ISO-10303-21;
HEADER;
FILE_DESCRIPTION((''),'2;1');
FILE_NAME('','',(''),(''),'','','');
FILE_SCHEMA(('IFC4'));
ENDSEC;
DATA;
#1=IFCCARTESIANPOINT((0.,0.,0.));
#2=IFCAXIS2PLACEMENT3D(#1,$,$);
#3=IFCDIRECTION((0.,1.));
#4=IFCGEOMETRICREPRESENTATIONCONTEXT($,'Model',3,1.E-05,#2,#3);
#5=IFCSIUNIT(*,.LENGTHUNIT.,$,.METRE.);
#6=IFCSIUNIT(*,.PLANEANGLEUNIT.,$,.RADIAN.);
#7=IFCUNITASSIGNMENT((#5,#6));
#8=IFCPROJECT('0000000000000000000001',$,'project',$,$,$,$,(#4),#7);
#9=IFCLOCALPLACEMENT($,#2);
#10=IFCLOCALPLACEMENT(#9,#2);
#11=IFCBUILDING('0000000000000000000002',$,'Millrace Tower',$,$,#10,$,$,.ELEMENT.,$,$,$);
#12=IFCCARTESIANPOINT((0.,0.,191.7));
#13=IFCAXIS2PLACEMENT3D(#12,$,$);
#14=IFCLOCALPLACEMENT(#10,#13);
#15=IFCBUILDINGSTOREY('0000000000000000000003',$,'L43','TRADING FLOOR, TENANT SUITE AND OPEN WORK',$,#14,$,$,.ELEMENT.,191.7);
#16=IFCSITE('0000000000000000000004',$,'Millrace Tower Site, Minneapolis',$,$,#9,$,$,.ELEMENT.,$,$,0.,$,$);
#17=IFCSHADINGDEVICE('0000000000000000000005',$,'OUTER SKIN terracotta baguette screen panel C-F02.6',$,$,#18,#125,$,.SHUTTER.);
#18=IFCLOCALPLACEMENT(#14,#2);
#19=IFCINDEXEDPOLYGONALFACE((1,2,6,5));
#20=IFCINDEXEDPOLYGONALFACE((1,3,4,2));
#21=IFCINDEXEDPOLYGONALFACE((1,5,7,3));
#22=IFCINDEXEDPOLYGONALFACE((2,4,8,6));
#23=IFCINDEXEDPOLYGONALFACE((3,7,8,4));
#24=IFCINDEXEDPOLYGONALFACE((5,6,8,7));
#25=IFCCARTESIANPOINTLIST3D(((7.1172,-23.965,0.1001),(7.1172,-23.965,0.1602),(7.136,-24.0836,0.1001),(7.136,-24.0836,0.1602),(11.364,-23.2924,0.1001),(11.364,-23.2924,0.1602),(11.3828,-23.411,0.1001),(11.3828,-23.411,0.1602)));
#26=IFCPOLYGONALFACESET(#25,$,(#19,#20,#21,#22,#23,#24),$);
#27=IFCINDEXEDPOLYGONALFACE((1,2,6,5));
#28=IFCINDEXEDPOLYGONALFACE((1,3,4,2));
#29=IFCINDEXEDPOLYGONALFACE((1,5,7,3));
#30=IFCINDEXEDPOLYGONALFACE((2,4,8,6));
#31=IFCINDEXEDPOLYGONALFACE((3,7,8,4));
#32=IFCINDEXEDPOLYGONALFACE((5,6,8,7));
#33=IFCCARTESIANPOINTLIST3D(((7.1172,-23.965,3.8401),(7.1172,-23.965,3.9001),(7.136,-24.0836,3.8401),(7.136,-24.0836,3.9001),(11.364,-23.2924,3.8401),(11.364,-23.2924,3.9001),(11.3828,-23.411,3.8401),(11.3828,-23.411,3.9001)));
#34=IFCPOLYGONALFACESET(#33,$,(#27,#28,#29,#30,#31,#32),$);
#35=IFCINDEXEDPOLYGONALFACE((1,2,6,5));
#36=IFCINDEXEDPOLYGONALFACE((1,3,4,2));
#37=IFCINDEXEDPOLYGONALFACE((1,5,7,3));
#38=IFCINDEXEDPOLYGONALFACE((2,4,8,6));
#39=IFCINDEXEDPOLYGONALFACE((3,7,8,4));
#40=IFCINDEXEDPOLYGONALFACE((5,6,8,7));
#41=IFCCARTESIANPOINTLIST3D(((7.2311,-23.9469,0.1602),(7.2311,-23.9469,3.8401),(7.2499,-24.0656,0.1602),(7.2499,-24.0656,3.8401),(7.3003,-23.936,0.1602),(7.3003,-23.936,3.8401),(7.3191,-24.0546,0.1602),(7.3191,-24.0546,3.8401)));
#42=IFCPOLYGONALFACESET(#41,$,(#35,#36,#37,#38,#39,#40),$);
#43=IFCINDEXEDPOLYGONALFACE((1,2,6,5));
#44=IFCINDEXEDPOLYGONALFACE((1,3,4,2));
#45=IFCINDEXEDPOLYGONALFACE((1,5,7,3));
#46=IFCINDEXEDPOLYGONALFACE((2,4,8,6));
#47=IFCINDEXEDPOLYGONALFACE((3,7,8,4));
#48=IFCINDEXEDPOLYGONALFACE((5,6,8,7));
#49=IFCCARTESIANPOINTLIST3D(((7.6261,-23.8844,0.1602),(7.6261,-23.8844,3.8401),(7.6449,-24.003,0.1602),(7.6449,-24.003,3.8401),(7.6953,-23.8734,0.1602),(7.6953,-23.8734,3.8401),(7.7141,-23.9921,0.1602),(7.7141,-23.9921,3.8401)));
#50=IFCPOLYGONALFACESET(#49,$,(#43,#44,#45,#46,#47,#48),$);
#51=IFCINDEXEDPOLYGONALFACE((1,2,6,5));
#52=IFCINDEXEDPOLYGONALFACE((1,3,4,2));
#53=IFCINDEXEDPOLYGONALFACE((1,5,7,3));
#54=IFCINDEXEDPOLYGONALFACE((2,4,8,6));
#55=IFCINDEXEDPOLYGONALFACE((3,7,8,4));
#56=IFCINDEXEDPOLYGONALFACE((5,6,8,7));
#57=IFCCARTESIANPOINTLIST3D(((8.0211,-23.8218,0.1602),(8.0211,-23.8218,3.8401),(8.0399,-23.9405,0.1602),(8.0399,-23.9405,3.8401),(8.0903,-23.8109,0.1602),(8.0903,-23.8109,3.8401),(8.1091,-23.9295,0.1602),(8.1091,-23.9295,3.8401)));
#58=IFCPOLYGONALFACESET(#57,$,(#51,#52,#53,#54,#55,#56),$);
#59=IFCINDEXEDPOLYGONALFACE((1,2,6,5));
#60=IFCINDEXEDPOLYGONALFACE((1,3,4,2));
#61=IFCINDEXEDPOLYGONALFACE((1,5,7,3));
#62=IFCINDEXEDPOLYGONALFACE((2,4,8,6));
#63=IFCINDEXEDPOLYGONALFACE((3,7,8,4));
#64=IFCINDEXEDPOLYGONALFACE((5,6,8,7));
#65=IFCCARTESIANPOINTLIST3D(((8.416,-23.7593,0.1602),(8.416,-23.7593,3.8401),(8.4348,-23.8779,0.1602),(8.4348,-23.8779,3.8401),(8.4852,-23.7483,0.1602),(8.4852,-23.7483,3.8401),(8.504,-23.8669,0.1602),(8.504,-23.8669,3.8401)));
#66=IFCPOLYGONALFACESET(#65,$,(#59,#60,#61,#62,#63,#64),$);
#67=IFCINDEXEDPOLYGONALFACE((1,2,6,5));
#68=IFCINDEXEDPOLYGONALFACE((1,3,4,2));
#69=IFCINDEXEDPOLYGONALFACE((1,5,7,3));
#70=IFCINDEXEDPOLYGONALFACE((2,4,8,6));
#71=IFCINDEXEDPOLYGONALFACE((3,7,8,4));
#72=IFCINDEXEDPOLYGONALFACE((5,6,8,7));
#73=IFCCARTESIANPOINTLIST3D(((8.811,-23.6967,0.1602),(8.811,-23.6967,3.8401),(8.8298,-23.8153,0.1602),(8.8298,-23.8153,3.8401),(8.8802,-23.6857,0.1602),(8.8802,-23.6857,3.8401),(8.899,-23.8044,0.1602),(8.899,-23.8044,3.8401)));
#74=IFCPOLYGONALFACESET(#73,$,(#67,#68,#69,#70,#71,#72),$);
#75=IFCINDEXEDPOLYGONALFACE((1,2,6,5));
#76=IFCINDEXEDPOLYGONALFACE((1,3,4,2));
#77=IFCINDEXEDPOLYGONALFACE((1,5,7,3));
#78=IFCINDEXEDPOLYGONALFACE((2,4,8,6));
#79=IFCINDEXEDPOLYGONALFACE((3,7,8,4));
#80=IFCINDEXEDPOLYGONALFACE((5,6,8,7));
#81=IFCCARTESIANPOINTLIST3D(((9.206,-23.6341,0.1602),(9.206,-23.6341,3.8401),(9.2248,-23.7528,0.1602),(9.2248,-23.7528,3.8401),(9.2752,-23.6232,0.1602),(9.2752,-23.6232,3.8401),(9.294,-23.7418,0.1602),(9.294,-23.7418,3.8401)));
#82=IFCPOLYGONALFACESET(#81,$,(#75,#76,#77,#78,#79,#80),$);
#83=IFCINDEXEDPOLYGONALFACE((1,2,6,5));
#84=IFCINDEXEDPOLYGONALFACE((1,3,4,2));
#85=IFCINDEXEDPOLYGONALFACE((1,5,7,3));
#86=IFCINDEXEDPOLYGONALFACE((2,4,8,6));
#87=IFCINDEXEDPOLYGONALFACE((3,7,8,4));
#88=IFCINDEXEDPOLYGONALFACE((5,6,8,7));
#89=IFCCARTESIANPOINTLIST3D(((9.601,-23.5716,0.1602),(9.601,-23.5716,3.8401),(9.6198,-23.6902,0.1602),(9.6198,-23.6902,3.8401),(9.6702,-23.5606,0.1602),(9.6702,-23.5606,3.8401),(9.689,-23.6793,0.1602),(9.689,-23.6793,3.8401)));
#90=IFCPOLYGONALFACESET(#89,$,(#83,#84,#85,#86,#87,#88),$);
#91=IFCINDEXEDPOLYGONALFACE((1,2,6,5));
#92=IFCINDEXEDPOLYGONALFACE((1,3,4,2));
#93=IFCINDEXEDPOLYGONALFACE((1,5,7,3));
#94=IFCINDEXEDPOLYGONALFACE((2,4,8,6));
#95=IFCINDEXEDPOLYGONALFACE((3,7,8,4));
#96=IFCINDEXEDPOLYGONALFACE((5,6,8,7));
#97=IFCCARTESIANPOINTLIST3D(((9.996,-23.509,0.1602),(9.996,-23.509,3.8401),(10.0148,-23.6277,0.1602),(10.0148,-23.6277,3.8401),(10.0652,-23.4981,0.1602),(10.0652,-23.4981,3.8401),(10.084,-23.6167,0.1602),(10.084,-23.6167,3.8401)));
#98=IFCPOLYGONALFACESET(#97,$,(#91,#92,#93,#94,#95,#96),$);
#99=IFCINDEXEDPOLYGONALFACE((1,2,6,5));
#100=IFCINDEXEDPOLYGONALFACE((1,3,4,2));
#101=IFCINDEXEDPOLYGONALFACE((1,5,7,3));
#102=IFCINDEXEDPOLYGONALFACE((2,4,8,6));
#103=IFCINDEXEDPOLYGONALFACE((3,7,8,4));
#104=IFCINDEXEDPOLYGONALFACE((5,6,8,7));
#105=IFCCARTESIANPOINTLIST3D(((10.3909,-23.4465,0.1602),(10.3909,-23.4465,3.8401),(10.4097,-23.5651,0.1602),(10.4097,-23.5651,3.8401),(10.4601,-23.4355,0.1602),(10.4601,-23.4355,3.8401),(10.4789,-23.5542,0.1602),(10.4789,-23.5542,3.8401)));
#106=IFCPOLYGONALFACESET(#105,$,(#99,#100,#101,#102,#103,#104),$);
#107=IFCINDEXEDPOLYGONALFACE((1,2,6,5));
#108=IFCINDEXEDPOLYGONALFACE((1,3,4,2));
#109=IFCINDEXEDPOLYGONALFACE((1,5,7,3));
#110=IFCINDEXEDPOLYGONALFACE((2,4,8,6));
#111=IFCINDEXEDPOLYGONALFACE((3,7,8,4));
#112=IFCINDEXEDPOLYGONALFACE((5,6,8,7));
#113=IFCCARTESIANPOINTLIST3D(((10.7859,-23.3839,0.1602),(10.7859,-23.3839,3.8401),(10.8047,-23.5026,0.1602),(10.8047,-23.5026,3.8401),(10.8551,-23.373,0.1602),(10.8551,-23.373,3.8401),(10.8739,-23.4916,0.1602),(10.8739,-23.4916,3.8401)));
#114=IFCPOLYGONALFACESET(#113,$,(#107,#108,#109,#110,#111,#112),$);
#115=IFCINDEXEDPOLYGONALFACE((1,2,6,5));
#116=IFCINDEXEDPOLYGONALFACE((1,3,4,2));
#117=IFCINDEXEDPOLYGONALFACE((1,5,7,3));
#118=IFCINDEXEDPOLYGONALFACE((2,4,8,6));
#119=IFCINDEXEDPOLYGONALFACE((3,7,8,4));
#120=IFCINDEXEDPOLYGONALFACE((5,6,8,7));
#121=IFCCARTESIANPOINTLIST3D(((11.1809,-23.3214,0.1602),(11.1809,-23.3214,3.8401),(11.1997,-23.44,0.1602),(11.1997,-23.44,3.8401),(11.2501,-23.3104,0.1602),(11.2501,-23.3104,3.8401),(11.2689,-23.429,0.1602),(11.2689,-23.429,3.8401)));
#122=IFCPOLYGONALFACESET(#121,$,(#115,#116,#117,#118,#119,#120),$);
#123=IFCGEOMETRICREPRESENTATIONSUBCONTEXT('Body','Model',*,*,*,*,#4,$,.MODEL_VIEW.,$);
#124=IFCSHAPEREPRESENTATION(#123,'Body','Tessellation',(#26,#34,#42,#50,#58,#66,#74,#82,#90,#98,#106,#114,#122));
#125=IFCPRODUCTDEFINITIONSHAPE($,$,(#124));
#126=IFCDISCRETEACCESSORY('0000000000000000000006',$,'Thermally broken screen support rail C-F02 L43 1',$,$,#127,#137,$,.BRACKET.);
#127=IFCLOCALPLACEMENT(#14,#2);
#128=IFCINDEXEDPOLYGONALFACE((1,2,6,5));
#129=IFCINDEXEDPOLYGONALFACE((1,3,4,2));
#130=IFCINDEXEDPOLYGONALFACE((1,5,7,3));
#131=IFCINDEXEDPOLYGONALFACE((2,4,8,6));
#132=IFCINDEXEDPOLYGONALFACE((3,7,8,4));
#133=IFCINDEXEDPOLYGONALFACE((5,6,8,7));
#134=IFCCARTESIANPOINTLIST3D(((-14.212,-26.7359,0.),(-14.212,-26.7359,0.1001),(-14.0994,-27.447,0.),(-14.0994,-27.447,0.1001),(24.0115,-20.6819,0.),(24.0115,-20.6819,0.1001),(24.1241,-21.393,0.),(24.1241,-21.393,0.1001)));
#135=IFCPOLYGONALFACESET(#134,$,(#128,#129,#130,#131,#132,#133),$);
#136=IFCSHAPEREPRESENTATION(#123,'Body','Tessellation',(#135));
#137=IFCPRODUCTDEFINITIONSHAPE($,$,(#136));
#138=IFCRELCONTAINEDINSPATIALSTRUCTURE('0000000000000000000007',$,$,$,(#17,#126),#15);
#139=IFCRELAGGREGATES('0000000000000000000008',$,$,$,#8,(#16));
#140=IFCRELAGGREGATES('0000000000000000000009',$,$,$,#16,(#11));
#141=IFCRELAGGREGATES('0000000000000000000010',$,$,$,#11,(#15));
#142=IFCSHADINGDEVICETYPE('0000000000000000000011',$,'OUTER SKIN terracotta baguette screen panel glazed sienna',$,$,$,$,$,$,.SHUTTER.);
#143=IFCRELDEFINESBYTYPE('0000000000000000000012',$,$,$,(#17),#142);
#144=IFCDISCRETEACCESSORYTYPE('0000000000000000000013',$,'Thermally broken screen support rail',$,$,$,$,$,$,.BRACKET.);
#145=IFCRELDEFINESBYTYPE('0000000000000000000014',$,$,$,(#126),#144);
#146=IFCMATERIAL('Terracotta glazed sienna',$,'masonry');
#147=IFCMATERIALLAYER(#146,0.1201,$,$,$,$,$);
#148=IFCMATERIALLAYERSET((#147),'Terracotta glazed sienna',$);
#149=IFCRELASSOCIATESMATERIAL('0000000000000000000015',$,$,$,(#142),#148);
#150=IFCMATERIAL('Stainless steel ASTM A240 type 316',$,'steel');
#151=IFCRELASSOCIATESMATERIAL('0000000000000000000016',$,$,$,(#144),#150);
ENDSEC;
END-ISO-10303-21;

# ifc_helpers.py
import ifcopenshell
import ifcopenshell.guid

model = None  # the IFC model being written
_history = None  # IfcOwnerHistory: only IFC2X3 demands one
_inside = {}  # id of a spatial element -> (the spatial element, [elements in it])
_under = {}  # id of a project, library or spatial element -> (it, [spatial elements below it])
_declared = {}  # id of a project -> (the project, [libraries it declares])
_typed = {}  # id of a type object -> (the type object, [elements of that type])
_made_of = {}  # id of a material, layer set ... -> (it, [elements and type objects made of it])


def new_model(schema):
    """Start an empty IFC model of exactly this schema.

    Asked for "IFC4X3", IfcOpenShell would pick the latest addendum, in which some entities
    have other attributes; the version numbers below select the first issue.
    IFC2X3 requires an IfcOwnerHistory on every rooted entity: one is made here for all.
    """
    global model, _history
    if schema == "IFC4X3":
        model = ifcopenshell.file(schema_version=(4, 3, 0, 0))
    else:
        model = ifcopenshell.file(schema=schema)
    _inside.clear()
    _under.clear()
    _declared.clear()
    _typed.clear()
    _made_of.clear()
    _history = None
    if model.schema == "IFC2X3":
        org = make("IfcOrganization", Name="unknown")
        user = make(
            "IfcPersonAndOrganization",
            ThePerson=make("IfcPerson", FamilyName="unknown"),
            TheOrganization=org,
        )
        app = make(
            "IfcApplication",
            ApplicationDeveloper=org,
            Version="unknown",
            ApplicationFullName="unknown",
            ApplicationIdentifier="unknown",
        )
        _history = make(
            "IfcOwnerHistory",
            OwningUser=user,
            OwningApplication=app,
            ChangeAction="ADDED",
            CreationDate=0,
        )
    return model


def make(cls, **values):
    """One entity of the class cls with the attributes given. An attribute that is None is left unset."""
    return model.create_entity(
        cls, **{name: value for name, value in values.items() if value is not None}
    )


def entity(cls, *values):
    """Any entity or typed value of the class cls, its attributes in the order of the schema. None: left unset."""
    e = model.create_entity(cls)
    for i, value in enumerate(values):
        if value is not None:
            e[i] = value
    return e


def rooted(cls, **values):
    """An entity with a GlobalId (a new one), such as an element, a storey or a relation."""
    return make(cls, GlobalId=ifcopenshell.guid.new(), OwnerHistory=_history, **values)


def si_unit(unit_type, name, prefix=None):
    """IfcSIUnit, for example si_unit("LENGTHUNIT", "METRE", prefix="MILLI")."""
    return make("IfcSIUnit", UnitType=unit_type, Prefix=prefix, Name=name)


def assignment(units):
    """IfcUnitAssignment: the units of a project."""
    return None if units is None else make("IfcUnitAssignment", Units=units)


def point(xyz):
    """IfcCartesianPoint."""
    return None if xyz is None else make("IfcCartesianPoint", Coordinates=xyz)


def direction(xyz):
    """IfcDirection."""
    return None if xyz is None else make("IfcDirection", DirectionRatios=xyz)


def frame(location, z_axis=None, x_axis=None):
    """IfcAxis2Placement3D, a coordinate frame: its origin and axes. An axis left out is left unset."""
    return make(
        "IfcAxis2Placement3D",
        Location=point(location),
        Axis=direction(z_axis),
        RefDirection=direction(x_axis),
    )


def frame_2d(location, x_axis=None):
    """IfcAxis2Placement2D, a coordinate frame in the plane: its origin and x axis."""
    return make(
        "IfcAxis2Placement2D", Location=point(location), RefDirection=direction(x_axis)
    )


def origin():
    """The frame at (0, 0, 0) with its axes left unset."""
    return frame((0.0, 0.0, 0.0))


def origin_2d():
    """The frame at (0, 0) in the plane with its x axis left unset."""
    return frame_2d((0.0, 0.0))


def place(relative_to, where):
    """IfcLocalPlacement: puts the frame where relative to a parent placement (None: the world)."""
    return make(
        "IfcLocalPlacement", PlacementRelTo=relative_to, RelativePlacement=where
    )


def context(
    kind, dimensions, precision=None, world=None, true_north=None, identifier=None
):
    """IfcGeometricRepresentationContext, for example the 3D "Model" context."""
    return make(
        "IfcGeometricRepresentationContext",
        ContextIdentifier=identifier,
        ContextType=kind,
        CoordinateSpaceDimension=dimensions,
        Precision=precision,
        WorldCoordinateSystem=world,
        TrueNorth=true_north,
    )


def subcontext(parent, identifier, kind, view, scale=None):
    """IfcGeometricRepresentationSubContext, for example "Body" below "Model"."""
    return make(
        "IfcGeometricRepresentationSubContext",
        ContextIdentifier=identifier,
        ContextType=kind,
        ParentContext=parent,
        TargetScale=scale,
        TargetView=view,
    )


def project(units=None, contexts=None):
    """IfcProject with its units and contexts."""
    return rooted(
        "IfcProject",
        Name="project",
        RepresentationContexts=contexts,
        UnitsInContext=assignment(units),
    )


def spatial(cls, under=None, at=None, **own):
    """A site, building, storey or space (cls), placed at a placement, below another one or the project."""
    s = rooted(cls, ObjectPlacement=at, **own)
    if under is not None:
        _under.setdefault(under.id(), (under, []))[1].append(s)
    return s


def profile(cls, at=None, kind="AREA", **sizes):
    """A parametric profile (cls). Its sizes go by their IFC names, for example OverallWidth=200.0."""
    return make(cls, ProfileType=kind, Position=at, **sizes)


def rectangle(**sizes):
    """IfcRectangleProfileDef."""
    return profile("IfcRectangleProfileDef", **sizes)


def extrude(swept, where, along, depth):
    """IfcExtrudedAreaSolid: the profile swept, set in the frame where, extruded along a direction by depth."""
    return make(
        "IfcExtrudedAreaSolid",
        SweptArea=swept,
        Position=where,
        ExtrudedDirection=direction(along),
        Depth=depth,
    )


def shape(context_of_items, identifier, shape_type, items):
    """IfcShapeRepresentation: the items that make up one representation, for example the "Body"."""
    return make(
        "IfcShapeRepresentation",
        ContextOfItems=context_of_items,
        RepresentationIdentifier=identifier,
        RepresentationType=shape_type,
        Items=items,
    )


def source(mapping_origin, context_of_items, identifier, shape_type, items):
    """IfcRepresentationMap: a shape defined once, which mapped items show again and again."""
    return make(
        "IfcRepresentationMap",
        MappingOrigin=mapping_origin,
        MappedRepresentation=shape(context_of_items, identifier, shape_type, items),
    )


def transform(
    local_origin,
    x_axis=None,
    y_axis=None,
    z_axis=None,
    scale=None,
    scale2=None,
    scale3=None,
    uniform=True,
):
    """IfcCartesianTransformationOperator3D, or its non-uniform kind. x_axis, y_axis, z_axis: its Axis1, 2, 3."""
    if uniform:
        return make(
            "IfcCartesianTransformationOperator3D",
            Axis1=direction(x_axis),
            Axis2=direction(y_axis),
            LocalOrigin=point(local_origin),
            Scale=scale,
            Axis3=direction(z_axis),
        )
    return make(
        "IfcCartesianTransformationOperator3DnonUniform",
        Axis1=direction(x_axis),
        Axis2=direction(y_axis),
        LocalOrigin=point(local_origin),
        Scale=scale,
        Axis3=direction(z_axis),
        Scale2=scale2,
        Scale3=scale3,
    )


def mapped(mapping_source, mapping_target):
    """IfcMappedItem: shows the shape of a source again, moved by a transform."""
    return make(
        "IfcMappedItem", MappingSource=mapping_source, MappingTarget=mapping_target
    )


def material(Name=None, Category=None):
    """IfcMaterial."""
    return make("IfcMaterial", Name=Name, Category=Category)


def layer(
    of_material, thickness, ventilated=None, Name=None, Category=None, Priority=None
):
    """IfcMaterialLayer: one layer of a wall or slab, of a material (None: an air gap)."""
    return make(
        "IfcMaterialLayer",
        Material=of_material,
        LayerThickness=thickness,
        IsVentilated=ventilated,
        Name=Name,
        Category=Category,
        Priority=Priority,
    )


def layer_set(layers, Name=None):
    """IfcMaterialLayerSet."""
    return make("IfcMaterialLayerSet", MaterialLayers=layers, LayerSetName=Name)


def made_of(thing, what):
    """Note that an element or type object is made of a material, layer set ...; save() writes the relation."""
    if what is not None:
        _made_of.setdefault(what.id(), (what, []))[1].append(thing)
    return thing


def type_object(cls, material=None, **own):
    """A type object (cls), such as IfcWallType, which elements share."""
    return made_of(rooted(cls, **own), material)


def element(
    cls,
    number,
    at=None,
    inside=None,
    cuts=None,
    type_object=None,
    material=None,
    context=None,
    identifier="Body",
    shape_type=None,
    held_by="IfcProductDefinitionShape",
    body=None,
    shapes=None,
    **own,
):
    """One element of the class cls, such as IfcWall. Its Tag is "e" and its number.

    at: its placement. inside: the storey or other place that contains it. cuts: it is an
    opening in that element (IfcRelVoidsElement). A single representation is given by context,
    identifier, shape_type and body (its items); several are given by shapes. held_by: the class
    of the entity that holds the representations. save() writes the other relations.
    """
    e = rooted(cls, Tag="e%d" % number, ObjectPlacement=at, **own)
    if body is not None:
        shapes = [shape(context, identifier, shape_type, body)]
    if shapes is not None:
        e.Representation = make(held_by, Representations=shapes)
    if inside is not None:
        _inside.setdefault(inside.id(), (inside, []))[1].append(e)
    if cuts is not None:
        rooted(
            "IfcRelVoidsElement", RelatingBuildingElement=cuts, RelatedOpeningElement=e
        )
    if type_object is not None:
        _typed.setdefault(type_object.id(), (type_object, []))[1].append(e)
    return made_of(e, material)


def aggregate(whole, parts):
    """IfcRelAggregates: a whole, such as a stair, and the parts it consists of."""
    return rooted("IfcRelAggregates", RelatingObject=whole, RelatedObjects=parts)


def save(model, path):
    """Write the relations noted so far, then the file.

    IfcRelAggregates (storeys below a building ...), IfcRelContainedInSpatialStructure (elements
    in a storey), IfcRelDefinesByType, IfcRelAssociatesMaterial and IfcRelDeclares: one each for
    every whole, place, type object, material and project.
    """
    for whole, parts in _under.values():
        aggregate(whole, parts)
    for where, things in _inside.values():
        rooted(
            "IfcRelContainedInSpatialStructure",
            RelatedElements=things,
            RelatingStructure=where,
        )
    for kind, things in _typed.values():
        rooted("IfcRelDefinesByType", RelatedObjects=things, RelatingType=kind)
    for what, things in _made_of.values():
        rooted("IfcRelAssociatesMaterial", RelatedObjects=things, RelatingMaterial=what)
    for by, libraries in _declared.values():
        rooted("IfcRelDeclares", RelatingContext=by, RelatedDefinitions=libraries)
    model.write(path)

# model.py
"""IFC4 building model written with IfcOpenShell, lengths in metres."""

from ifc_helpers import new_model, entity, si_unit, direction, frame, frame_2d, origin, origin_2d, place, context, subcontext, project, spatial, rectangle, extrude, source, transform, mapped, material, layer, layer_set, type_object, element, save


model = new_model("IFC4")

# Units and contexts
model_context = context("Model", 3, precision=1e-05, world=origin(), true_north=direction((0.0, 1.0)))
body_context = subcontext(model_context, "Body", "Model", "MODEL_VIEW")
ifc_project = project(units=[si_unit("LENGTHUNIT", "METRE"), si_unit("PLANEANGLEUNIT", "RADIAN")], contexts=[model_context])

# Site, building, storey
site_placement = place(None, origin())
site = spatial("IfcSite", under=ifc_project, at=site_placement, Name="Millrace Tower Site, Minneapolis", CompositionType="ELEMENT", RefElevation=0.0)
building_placement = place(site_placement, origin())
building = spatial("IfcBuilding", under=site, at=building_placement, Name="Millrace Tower", CompositionType="ELEMENT")
storey_placement = place(building_placement, frame((0.0, 0.0, 191.7)))
storey = spatial("IfcBuildingStorey", under=building, at=storey_placement, Name="L43", Description="TRADING FLOOR, TENANT SUITE AND OPEN WORK", CompositionType="ELEMENT", Elevation=191.7)

# Shading device
ifc_material_1 = material(Name="Terracotta glazed sienna", Category="masonry")
ifc_layer_1 = layer(ifc_material_1, 0.1201)
ifc_layer_set_1 = layer_set([ifc_layer_1], Name="Terracotta glazed sienna")
shading_device_type = type_object("IfcShadingDeviceType", Name="OUTER SKIN terracotta baguette screen panel glazed sienna", PredefinedType="SHUTTER", material=ifc_layer_set_1)
cartesian_point = entity("IfcCartesianPoint", [-2.1499, 0.0601])
shared_polyline = entity("IfcPolyline", [cartesian_point, entity("IfcCartesianPoint", [2.1499, 0.0601]), entity("IfcCartesianPoint", [2.1499, -0.0601]), entity("IfcCartesianPoint", [-2.1499, -0.0601]), cartesian_point])
shared_shape = source(origin(), body_context, "Body", "SweptSolid", [
    entity("IfcExtrudedAreaSolid", entity("IfcArbitraryClosedProfileDef", "AREA", None, shared_polyline), entity("IfcAxis2Placement3D", entity("IfcCartesianPoint", [0.0, 0.0, 0.0])), entity("IfcDirection", [0.0, 0.0, 1.0]), 0.0601),
    entity("IfcExtrudedAreaSolid", entity("IfcArbitraryClosedProfileDef", "AREA", None, shared_polyline), entity("IfcAxis2Placement3D", entity("IfcCartesianPoint", [0.0, 0.0, 3.74])), entity("IfcDirection", [0.0, 0.0, 1.0]), 0.0601),
    extrude(rectangle(XDim=0.0701, YDim=0.1201, at=frame_2d((-1.9995, 0.0))), frame((0.0, 0.0, 0.0601)), (0.0, 0.0, 1.0), 3.6799),
    extrude(rectangle(XDim=0.0701, YDim=0.1201, at=frame_2d((-1.5996, 0.0))), frame((0.0, 0.0, 0.0601)), (0.0, 0.0, 1.0), 3.6799),
    extrude(rectangle(XDim=0.0701, YDim=0.1201, at=frame_2d((-1.1997, 0.0))), frame((0.0, 0.0, 0.0601)), (0.0, 0.0, 1.0), 3.6799),
    extrude(rectangle(XDim=0.0701, YDim=0.1201, at=frame_2d((-0.7998, 0.0))), frame((0.0, 0.0, 0.0601)), (0.0, 0.0, 1.0), 3.6799),
    extrude(rectangle(XDim=0.0701, YDim=0.1201, at=frame_2d((-0.3999, 0.0))), frame((0.0, 0.0, 0.0601)), (0.0, 0.0, 1.0), 3.6799),
    extrude(rectangle(XDim=0.0701, YDim=0.1201, at=origin_2d()), frame((0.0, 0.0, 0.0601)), (0.0, 0.0, 1.0), 3.6799),
    extrude(rectangle(XDim=0.0701, YDim=0.1201, at=frame_2d((0.3999, 0.0))), frame((0.0, 0.0, 0.0601)), (0.0, 0.0, 1.0), 3.6799),
    extrude(rectangle(XDim=0.0701, YDim=0.1201, at=frame_2d((0.7998, 0.0))), frame((0.0, 0.0, 0.0601)), (0.0, 0.0, 1.0), 3.6799),
    extrude(rectangle(XDim=0.0701, YDim=0.1201, at=frame_2d((1.1997, 0.0))), frame((0.0, 0.0, 0.0601)), (0.0, 0.0, 1.0), 3.6799),
    extrude(rectangle(XDim=0.0701, YDim=0.1201, at=frame_2d((1.5996, 0.0))), frame((0.0, 0.0, 0.0601)), (0.0, 0.0, 1.0), 3.6799),
    extrude(rectangle(XDim=0.0701, YDim=0.1201, at=frame_2d((1.9995, 0.0))), frame((0.0, 0.0, 0.0601)), (0.0, 0.0, 1.0), 3.6799),
])
for number, where, z_axis, x_axis, name in (
    (1, (9.25, -23.688, 0.1001), (0.0, 0.0, 1.0), (0.987688, 0.156434, 0.0), "OUTER SKIN terracotta baguette screen panel C-F02.6"),
):
    element("IfcShadingDevice", number, at=place(storey_placement, frame(where, z_axis=z_axis, x_axis=x_axis)), inside=storey, type_object=shading_device_type, Name=name, PredefinedType="SHUTTER", context=body_context, shape_type="MappedRepresentation", body=[
        mapped(shared_shape, transform((0.0, 0.0, 0.0), scale=1.0)),
    ])

# Discrete accessory
ifc_material_2 = material(Name="Stainless steel ASTM A240 type 316", Category="steel")
discrete_accessory_type = type_object("IfcDiscreteAccessoryType", Name="Thermally broken screen support rail", PredefinedType="BRACKET", material=ifc_material_2)
discrete_accessory_placement = place(storey_placement, frame((4.9561, -24.0645, 0.0), z_axis=(0.0, 0.0, 1.0), x_axis=(0.987688, 0.156434, 0.0)))
element("IfcDiscreteAccessory", 2, at=discrete_accessory_placement, inside=storey, type_object=discrete_accessory_type, Name="Thermally broken screen support rail C-F02 L43 1", PredefinedType="BRACKET", context=body_context, shape_type="SweptSolid", body=[
    extrude(rectangle(XDim=38.7, YDim=0.72, at=origin_2d()), origin(), (0.0, 0.0, 1.0), 0.1001),
])

save(model, "model.ifc")
